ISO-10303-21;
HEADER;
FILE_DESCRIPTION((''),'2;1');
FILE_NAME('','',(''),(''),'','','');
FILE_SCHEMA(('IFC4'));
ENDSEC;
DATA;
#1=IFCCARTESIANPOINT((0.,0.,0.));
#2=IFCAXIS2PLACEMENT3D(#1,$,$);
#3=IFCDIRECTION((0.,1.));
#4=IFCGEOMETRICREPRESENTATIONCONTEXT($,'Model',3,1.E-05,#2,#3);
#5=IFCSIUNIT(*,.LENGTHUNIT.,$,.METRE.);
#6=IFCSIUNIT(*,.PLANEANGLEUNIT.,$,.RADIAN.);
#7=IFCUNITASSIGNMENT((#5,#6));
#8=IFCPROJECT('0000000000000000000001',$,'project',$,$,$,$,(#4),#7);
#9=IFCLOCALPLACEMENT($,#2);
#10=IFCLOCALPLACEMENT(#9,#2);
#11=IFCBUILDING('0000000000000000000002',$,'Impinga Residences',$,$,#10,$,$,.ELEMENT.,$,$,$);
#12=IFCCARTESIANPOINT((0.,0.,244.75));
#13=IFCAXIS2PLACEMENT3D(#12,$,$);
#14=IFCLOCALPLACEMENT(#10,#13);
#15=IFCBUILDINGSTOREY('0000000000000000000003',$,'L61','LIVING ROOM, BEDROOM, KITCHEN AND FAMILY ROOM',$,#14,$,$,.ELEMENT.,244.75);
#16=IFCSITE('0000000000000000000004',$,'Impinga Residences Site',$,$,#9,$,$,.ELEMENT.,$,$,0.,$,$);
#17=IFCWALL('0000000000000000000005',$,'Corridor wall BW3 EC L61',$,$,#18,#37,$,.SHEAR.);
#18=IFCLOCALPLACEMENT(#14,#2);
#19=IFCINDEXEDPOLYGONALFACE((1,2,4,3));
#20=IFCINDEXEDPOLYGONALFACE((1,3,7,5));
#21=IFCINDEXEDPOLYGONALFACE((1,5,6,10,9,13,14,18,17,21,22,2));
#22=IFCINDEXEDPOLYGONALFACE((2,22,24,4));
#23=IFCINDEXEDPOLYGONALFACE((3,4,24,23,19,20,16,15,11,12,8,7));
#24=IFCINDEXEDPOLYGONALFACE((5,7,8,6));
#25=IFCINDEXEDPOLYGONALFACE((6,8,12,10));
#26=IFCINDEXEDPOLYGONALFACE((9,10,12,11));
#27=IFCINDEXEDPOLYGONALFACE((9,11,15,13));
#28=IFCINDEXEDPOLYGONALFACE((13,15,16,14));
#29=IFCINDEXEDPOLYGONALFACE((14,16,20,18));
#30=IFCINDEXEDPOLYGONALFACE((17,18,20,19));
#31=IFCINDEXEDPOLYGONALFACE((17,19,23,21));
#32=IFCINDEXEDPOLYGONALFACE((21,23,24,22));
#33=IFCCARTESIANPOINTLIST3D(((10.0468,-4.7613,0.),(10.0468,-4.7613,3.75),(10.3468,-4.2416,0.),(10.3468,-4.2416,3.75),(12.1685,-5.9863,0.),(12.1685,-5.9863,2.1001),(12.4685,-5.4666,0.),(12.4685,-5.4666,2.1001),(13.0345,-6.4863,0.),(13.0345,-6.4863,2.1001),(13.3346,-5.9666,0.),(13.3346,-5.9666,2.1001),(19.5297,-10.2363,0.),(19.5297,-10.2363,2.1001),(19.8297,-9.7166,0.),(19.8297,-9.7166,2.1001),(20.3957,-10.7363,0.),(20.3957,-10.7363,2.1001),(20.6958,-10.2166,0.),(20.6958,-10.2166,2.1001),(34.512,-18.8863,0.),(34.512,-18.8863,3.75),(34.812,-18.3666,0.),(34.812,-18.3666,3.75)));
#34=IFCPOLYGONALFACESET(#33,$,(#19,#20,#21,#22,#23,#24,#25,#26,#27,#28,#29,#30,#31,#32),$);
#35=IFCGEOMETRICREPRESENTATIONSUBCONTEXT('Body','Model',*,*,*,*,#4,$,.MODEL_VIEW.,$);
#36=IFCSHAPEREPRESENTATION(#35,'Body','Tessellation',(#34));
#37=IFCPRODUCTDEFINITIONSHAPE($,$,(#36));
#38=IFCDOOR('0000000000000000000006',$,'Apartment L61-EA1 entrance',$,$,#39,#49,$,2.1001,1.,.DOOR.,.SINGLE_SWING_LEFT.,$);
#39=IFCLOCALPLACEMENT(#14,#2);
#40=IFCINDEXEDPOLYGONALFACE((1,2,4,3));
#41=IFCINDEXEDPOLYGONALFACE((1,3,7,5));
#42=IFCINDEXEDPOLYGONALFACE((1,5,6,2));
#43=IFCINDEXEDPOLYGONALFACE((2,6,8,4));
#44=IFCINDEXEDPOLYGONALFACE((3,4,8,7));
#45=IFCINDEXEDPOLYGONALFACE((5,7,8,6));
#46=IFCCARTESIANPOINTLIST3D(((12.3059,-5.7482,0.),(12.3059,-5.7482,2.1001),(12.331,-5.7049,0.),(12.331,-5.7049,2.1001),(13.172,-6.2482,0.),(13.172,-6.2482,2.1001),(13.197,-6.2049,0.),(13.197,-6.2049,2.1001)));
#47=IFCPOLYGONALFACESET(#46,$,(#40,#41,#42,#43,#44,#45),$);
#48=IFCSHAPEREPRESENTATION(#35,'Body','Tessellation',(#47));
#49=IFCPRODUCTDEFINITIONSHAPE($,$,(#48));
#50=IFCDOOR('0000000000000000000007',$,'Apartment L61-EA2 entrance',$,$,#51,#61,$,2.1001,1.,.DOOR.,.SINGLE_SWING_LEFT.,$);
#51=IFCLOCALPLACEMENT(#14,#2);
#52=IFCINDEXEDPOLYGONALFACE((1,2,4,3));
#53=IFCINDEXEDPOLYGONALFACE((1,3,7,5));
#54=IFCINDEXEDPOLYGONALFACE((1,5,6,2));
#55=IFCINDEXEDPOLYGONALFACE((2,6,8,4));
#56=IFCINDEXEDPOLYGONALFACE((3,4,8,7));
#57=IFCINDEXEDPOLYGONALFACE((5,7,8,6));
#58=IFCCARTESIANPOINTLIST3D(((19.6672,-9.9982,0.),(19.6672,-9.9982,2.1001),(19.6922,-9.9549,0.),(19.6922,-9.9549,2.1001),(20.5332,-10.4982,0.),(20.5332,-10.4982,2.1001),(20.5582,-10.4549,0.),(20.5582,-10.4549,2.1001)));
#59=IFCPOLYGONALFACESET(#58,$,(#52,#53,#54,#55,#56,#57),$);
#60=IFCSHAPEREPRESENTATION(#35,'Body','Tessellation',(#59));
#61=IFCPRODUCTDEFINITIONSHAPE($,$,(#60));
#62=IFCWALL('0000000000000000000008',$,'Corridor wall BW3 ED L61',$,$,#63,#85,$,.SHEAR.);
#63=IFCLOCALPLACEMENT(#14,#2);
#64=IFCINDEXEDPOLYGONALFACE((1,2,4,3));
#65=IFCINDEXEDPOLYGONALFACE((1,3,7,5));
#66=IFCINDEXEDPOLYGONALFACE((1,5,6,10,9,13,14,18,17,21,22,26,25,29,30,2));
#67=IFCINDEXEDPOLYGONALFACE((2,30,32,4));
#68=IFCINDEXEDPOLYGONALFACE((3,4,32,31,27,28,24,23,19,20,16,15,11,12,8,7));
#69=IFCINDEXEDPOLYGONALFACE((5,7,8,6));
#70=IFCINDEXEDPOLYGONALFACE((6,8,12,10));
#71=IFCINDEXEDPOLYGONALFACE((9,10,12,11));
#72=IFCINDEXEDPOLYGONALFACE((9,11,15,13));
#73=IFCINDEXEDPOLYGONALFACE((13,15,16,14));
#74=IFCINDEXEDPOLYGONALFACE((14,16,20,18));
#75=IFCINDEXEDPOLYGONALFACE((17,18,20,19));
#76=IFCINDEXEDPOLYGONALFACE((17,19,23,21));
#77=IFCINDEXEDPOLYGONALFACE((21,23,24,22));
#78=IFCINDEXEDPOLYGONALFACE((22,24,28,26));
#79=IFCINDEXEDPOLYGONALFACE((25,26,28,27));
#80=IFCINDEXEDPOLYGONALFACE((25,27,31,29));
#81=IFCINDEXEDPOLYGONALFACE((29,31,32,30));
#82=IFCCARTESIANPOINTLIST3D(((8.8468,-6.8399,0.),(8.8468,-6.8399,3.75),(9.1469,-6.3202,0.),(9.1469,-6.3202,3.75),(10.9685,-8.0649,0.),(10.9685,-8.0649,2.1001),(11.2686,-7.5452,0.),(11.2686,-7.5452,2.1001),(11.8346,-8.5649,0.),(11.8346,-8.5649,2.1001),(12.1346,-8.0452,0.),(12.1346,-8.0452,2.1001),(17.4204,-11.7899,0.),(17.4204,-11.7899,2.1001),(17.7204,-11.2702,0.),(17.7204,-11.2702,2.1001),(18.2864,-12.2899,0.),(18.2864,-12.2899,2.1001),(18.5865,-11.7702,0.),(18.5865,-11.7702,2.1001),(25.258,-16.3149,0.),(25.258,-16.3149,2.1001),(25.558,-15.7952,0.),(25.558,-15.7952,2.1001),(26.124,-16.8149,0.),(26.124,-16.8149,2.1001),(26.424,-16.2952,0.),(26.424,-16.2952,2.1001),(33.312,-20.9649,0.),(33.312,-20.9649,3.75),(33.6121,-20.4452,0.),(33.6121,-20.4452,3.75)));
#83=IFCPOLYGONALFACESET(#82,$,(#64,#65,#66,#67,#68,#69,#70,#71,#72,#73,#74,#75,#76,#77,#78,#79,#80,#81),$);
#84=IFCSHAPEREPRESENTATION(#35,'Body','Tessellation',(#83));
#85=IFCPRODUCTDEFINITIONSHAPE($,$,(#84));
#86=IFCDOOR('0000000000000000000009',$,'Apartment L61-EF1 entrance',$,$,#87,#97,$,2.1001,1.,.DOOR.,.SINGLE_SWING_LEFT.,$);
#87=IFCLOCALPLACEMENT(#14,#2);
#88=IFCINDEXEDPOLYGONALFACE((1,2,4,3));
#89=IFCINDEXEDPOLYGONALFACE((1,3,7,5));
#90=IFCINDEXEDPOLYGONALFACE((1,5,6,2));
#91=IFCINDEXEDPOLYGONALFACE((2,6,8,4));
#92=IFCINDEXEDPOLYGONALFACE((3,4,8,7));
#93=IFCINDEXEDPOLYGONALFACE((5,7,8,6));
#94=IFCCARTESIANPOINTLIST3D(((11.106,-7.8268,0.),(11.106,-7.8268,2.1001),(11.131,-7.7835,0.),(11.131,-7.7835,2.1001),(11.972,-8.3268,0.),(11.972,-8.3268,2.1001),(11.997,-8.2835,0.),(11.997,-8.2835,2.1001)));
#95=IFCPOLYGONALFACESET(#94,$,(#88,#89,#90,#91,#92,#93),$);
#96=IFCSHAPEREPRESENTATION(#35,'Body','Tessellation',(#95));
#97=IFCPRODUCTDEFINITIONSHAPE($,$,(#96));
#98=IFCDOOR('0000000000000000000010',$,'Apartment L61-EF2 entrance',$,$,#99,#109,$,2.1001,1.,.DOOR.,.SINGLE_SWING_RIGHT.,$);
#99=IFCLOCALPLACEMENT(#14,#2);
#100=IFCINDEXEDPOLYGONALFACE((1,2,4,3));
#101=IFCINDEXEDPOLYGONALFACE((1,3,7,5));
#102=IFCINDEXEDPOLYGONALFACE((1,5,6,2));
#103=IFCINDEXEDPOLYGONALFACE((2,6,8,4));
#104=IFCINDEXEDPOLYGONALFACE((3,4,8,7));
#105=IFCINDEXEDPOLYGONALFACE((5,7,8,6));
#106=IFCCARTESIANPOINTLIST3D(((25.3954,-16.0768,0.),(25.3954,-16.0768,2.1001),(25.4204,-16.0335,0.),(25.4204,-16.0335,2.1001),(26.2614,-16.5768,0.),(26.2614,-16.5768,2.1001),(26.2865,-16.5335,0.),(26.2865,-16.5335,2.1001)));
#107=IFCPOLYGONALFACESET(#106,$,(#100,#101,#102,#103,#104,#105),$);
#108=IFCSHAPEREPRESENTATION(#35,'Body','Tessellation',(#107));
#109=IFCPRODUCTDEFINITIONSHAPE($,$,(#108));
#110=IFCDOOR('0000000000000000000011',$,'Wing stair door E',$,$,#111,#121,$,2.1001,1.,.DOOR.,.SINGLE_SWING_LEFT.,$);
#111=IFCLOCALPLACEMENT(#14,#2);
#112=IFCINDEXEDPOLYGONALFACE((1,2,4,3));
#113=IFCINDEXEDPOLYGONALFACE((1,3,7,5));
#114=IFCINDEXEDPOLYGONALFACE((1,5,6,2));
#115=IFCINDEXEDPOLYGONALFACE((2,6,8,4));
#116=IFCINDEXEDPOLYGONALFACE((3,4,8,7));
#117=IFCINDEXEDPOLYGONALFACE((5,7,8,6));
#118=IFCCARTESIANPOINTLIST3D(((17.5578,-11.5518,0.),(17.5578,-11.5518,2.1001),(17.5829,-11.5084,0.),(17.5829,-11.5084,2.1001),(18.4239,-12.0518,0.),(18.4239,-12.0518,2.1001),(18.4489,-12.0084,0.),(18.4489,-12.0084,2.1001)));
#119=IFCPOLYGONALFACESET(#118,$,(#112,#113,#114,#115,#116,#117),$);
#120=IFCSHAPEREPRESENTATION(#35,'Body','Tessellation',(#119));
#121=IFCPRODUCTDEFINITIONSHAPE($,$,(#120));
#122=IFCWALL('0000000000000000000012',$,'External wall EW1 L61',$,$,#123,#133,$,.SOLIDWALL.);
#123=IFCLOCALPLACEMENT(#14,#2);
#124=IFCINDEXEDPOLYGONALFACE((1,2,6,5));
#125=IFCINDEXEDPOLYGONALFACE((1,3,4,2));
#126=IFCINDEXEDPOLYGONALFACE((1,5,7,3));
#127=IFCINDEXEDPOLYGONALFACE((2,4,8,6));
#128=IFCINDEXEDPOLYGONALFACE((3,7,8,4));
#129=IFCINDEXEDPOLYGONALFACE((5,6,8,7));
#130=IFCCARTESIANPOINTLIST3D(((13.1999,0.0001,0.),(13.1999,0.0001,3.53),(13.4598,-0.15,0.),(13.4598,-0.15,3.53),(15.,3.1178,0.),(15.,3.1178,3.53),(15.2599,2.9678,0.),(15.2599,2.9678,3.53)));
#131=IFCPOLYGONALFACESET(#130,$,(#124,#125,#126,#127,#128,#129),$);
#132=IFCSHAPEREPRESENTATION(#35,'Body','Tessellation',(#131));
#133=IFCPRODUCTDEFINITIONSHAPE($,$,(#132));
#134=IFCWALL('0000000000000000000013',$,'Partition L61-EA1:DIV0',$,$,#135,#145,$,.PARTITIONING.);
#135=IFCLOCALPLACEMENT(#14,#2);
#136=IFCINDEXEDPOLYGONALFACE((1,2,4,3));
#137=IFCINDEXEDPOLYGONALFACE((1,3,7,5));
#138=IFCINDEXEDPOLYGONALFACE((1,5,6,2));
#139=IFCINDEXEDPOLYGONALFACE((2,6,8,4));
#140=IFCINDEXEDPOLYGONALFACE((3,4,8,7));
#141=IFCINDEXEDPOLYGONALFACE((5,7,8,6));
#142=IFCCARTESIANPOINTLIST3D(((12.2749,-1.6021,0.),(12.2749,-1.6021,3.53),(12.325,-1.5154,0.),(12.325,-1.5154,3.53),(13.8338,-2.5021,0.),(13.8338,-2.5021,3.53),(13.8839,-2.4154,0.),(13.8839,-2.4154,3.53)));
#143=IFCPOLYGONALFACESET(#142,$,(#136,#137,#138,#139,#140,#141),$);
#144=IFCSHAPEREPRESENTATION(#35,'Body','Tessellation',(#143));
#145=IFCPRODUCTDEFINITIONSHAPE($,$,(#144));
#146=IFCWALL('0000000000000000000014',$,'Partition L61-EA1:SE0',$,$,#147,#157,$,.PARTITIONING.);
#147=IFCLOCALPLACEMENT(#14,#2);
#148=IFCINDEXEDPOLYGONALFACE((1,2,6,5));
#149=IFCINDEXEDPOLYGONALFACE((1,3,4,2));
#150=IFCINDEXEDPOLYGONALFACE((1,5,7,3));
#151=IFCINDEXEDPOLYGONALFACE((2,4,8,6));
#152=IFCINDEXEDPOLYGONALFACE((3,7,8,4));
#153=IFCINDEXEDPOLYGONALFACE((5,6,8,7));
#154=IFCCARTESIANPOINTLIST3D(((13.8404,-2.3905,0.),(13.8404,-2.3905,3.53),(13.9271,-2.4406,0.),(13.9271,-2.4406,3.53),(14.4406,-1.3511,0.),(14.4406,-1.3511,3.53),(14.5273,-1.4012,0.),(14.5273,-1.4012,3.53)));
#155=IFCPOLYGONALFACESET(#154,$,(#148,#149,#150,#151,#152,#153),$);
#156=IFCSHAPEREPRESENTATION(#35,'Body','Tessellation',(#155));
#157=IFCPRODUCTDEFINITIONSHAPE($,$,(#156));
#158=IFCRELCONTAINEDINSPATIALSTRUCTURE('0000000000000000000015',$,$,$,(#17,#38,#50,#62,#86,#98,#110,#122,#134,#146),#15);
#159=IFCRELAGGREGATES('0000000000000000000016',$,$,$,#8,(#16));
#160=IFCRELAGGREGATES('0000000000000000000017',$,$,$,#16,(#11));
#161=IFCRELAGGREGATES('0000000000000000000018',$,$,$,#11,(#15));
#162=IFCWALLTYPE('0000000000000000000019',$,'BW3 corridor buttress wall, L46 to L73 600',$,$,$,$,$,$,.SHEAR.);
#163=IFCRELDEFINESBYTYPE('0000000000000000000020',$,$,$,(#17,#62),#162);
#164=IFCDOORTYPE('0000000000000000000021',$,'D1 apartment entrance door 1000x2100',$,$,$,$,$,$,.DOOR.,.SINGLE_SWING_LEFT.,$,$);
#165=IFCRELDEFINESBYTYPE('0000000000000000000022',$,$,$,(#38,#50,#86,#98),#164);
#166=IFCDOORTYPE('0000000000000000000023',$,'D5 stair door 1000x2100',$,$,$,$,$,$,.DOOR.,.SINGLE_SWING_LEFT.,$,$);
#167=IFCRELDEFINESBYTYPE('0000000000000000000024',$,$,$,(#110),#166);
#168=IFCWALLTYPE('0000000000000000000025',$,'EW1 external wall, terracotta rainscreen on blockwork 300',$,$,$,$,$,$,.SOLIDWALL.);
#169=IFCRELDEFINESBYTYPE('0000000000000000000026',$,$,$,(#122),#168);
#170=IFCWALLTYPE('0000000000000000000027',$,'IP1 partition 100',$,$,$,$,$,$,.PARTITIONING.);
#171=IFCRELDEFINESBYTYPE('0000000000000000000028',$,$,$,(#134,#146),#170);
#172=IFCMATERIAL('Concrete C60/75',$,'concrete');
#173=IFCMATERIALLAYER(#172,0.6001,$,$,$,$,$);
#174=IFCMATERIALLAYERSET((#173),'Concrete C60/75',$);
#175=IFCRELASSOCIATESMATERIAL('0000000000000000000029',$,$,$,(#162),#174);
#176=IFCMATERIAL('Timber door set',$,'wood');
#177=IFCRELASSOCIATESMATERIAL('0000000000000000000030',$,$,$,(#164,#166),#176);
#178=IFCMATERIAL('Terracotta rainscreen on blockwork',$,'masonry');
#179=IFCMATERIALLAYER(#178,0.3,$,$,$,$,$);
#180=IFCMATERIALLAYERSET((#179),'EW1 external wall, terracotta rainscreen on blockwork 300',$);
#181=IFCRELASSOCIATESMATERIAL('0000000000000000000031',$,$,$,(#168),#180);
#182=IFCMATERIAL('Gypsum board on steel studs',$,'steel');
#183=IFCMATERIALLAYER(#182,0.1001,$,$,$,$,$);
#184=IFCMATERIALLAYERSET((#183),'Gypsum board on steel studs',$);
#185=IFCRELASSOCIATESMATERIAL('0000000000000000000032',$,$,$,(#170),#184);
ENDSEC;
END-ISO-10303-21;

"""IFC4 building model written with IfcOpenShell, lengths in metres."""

from ifc_helpers import new_model, si_unit, direction, frame, frame_2d, origin, place, context, subcontext, project, spatial, rectangle, extrude, material, layer, layer_set, type_object, element, fill, save


model = new_model("IFC4")

# Units and contexts
model_context = context("Model", 3, precision=1e-05, world=origin(), true_north=direction((0.0, 1.0)))
body_context = subcontext(model_context, "Body", "Model", "MODEL_VIEW")
ifc_project = project(units=[si_unit("LENGTHUNIT", "METRE"), si_unit("PLANEANGLEUNIT", "RADIAN")], contexts=[model_context])

# Site, building, storey
site_placement = place(None, origin())
site = spatial("IfcSite", under=ifc_project, at=site_placement, Name="Impinga Residences Site", CompositionType="ELEMENT", RefElevation=0.0)
building_placement = place(site_placement, origin())
building = spatial("IfcBuilding", under=site, at=building_placement, Name="Impinga Residences", CompositionType="ELEMENT")
storey_placement = place(building_placement, frame((0.0, 0.0, 244.75)))
storey = spatial("IfcBuildingStorey", under=building, at=storey_placement, Name="L61", Description="LIVING ROOM, BEDROOM, KITCHEN AND FAMILY ROOM", CompositionType="ELEMENT", Elevation=244.75)

# Walls, openings, doors
ifc_material_1 = material(Name="Concrete C60/75", Category="concrete")
ifc_layer_1 = layer(ifc_material_1, 0.6001)
ifc_layer_set_1 = layer_set([ifc_layer_1], Name="Concrete C60/75")
wall_type_1 = type_object("IfcWallType", Name="BW3 corridor buttress wall, L46 to L73 600", PredefinedType="SHEAR", material=ifc_layer_set_1)
wall_1_placement = place(storey_placement, frame((10.1968, -4.5015, 0.0), z_axis=(0.0, 0.0, 1.0), x_axis=(0.866026, -0.499998, 0.0)))
wall_1 = element("IfcWall", 1, at=wall_1_placement, inside=storey, type_object=wall_type_1, Name="Corridor wall BW3 EC L61", PredefinedType="SHEAR", context=body_context, shape_type="SweptSolid", body=[
    extrude(rectangle(XDim=28.25, YDim=0.6001, at=frame_2d((14.125, 0.0))), origin(), (0.0, 0.0, 1.0), 3.75),
])
opening_1_placement = place(wall_1_placement, frame((2.45, 0.0, 0.0)))
opening_1 = element("IfcOpeningElement", 2, at=opening_1_placement, cuts=wall_1, PredefinedType="OPENING", context=body_context, shape_type="SweptSolid", body=[
    extrude(rectangle(XDim=1.0, YDim=2.1001, at=frame_2d((0.5, 1.05))), frame((0.0, 0.3101, 0.0), z_axis=(0.0, -1.0, 0.0), x_axis=(1.0, 0.0, 0.0)), (0.0, 0.0, 1.0), 0.6201),
])
opening_2_placement = place(wall_1_placement, frame((10.95, 0.0, 0.0)))
opening_2 = element("IfcOpeningElement", 3, at=opening_2_placement, cuts=wall_1, PredefinedType="OPENING", context=body_context, shape_type="SweptSolid", body=[
    extrude(rectangle(XDim=1.0, YDim=2.1001, at=frame_2d((0.5, 1.05))), frame((0.0, 0.3101, 0.0), z_axis=(0.0, -1.0, 0.0), x_axis=(1.0, 0.0, 0.0)), (0.0, 0.0, 1.0), 0.6201),
])
ifc_material_2 = material(Name="Timber door set", Category="wood")
door_type_1 = type_object("IfcDoorType", Name="D1 apartment entrance door 1000x2100", OperationType="SINGLE_SWING_LEFT", PredefinedType="DOOR", material=ifc_material_2)
door_1_placement = place(opening_1_placement, origin())
door_1 = element("IfcDoor", 4, at=door_1_placement, inside=storey, type_object=door_type_1, Name="Apartment L61-EA1 entrance", OperationType="SINGLE_SWING_LEFT", OverallHeight=2.1001, OverallWidth=1.0, PredefinedType="DOOR", context=body_context, shape_type="SweptSolid", body=[
    extrude(rectangle(XDim=1.0, YDim=2.1001, at=frame_2d((0.5, 1.05))), frame((0.0, 0.0249, 0.0), z_axis=(0.0, -1.0, 0.0), x_axis=(1.0, 0.0, 0.0)), (0.0, 0.0, 1.0), 0.05),
])
fill(opening_1, door_1)
door_2_placement = place(opening_2_placement, origin())
door_2 = element("IfcDoor", 5, at=door_2_placement, inside=storey, type_object=door_type_1, Name="Apartment L61-EA2 entrance", OperationType="SINGLE_SWING_LEFT", OverallHeight=2.1001, OverallWidth=1.0, PredefinedType="DOOR", context=body_context, shape_type="SweptSolid", body=[
    extrude(rectangle(XDim=1.0, YDim=2.1001, at=frame_2d((0.5, 1.05))), frame((0.0, 0.0249, 0.0), z_axis=(0.0, -1.0, 0.0), x_axis=(1.0, 0.0, 0.0)), (0.0, 0.0, 1.0), 0.05),
])
fill(opening_2, door_2)
wall_2_placement = place(storey_placement, frame((8.9968, -6.5801, 0.0), z_axis=(0.0, 0.0, 1.0), x_axis=(0.866026, -0.499998, 0.0)))
wall_2 = element("IfcWall", 6, at=wall_2_placement, inside=storey, type_object=wall_type_1, Name="Corridor wall BW3 ED L61", PredefinedType="SHEAR", context=body_context, shape_type="SweptSolid", body=[
    extrude(rectangle(XDim=28.25, YDim=0.6001, at=frame_2d((14.125, 0.0))), origin(), (0.0, 0.0, 1.0), 3.75),
])
opening_3_placement = place(wall_2_placement, frame((9.8999, 0.0, 0.0)))
opening_3 = element("IfcOpeningElement", 7, at=opening_3_placement, cuts=wall_2, PredefinedType="OPENING", context=body_context, shape_type="SweptSolid", body=[
    extrude(rectangle(XDim=1.0, YDim=2.1001, at=frame_2d((0.5, 1.05))), frame((0.0, 0.3101, 0.0), z_axis=(0.0, -1.0, 0.0), x_axis=(1.0, 0.0, 0.0)), (0.0, 0.0, 1.0), 0.6201),
])
opening_4_placement = place(wall_2_placement, frame((2.45, 0.0, 0.0)))
opening_4 = element("IfcOpeningElement", 8, at=opening_4_placement, cuts=wall_2, PredefinedType="OPENING", context=body_context, shape_type="SweptSolid", body=[
    extrude(rectangle(XDim=1.0, YDim=2.1001, at=frame_2d((0.5, 1.05))), frame((0.0, 0.3101, 0.0), z_axis=(0.0, -1.0, 0.0), x_axis=(1.0, 0.0, 0.0)), (0.0, 0.0, 1.0), 0.6201),
])
opening_5_placement = place(wall_2_placement, frame((18.95, 0.0, 0.0)))
opening_5 = element("IfcOpeningElement", 9, at=opening_5_placement, cuts=wall_2, PredefinedType="OPENING", context=body_context, shape_type="SweptSolid", body=[
    extrude(rectangle(XDim=1.0, YDim=2.1001, at=frame_2d((0.5, 1.05))), frame((0.0, 0.3101, 0.0), z_axis=(0.0, -1.0, 0.0), x_axis=(1.0, 0.0, 0.0)), (0.0, 0.0, 1.0), 0.6201),
])
door_3_placement = place(opening_4_placement, origin())
door_3 = element("IfcDoor", 10, at=door_3_placement, inside=storey, type_object=door_type_1, Name="Apartment L61-EF1 entrance", OperationType="SINGLE_SWING_LEFT", OverallHeight=2.1001, OverallWidth=1.0, PredefinedType="DOOR", context=body_context, shape_type="SweptSolid", body=[
    extrude(rectangle(XDim=1.0, YDim=2.1001, at=frame_2d((0.5, 1.05))), frame((0.0, 0.0249, 0.0), z_axis=(0.0, -1.0, 0.0), x_axis=(1.0, 0.0, 0.0)), (0.0, 0.0, 1.0), 0.05),
])
fill(opening_4, door_3)
door_4_placement = place(opening_5_placement, origin())
door_4 = element("IfcDoor", 11, at=door_4_placement, inside=storey, type_object=door_type_1, Name="Apartment L61-EF2 entrance", OperationType="SINGLE_SWING_RIGHT", OverallHeight=2.1001, OverallWidth=1.0, PredefinedType="DOOR", context=body_context, shape_type="SweptSolid", body=[
    extrude(rectangle(XDim=1.0, YDim=2.1001, at=frame_2d((0.5, 1.05))), frame((0.0, 0.0249, 0.0), z_axis=(0.0, -1.0, 0.0), x_axis=(1.0, 0.0, 0.0)), (0.0, 0.0, 1.0), 0.05),
])
fill(opening_5, door_4)
door_type_2 = type_object("IfcDoorType", Name="D5 stair door 1000x2100", OperationType="SINGLE_SWING_LEFT", PredefinedType="DOOR", material=ifc_material_2)
door_5_placement = place(opening_3_placement, origin())
door_5 = element("IfcDoor", 12, at=door_5_placement, inside=storey, type_object=door_type_2, Name="Wing stair door E", OperationType="SINGLE_SWING_LEFT", OverallHeight=2.1001, OverallWidth=1.0, PredefinedType="DOOR", context=body_context, shape_type="SweptSolid", body=[
    extrude(rectangle(XDim=1.0, YDim=2.1001, at=frame_2d((0.5, 1.05))), frame((0.0, 0.0249, 0.0), z_axis=(0.0, -1.0, 0.0), x_axis=(1.0, 0.0, 0.0)), (0.0, 0.0, 1.0), 0.05),
])
fill(opening_3, door_5)

# Walls
ifc_material_3 = material(Name="Terracotta rainscreen on blockwork", Category="masonry")
ifc_layer_2 = layer(ifc_material_3, 0.3)
ifc_layer_set_2 = layer_set([ifc_layer_2], Name="EW1 external wall, terracotta rainscreen on blockwork 300")
wall_type_2 = type_object("IfcWallType", Name="EW1 external wall, terracotta rainscreen on blockwork 300", PredefinedType="SOLIDWALL", material=ifc_layer_set_2)
wall_3_placement = place(storey_placement, frame((13.3298, -0.075, 0.0), z_axis=(0.0, 0.0, 1.0), x_axis=(0.500012, 0.866018, 0.0)))
element("IfcWall", 13, at=wall_3_placement, inside=storey, type_object=wall_type_2, Name="External wall EW1 L61", PredefinedType="SOLIDWALL", context=body_context, shape_type="SweptSolid", body=[
    extrude(rectangle(XDim=3.6001, YDim=0.3, at=frame_2d((1.8, 0.0))), origin(), (0.0, 0.0, 1.0), 3.53),
])
ifc_material_4 = material(Name="Gypsum board on steel studs", Category="steel")
ifc_layer_3 = layer(ifc_material_4, 0.1001)
ifc_layer_set_3 = layer_set([ifc_layer_3], Name="Gypsum board on steel studs")
wall_type_3 = type_object("IfcWallType", Name="IP1 partition 100", PredefinedType="PARTITIONING", material=ifc_layer_set_3)
wall_4_placement = place(storey_placement, frame((12.3, -1.5588, 0.0), z_axis=(0.0, 0.0, 1.0), x_axis=(0.866048, -0.499961, 0.0)))
element("IfcWall", 14, at=wall_4_placement, inside=storey, type_object=wall_type_3, Name="Partition L61-EA1:DIV0", PredefinedType="PARTITIONING", context=body_context, shape_type="SweptSolid", body=[
    extrude(rectangle(XDim=1.8, YDim=0.1001, at=frame_2d((0.8999, 0.0))), origin(), (0.0, 0.0, 1.0), 3.53),
])
wall_5_placement = place(storey_placement, frame((13.8838, -2.4155, 0.0), z_axis=(0.0, 0.0, 1.0), x_axis=(0.500034, 0.866006, 0.0)))
element("IfcWall", 15, at=wall_5_placement, inside=storey, type_object=wall_type_3, Name="Partition L61-EA1:SE0", PredefinedType="PARTITIONING", context=body_context, shape_type="SweptSolid", body=[
    extrude(rectangle(XDim=1.2002, YDim=0.1001, at=frame_2d((0.6001, 0.0))), origin(), (0.0, 0.0, 1.0), 3.53),
])

save(model, "model.ifc")
